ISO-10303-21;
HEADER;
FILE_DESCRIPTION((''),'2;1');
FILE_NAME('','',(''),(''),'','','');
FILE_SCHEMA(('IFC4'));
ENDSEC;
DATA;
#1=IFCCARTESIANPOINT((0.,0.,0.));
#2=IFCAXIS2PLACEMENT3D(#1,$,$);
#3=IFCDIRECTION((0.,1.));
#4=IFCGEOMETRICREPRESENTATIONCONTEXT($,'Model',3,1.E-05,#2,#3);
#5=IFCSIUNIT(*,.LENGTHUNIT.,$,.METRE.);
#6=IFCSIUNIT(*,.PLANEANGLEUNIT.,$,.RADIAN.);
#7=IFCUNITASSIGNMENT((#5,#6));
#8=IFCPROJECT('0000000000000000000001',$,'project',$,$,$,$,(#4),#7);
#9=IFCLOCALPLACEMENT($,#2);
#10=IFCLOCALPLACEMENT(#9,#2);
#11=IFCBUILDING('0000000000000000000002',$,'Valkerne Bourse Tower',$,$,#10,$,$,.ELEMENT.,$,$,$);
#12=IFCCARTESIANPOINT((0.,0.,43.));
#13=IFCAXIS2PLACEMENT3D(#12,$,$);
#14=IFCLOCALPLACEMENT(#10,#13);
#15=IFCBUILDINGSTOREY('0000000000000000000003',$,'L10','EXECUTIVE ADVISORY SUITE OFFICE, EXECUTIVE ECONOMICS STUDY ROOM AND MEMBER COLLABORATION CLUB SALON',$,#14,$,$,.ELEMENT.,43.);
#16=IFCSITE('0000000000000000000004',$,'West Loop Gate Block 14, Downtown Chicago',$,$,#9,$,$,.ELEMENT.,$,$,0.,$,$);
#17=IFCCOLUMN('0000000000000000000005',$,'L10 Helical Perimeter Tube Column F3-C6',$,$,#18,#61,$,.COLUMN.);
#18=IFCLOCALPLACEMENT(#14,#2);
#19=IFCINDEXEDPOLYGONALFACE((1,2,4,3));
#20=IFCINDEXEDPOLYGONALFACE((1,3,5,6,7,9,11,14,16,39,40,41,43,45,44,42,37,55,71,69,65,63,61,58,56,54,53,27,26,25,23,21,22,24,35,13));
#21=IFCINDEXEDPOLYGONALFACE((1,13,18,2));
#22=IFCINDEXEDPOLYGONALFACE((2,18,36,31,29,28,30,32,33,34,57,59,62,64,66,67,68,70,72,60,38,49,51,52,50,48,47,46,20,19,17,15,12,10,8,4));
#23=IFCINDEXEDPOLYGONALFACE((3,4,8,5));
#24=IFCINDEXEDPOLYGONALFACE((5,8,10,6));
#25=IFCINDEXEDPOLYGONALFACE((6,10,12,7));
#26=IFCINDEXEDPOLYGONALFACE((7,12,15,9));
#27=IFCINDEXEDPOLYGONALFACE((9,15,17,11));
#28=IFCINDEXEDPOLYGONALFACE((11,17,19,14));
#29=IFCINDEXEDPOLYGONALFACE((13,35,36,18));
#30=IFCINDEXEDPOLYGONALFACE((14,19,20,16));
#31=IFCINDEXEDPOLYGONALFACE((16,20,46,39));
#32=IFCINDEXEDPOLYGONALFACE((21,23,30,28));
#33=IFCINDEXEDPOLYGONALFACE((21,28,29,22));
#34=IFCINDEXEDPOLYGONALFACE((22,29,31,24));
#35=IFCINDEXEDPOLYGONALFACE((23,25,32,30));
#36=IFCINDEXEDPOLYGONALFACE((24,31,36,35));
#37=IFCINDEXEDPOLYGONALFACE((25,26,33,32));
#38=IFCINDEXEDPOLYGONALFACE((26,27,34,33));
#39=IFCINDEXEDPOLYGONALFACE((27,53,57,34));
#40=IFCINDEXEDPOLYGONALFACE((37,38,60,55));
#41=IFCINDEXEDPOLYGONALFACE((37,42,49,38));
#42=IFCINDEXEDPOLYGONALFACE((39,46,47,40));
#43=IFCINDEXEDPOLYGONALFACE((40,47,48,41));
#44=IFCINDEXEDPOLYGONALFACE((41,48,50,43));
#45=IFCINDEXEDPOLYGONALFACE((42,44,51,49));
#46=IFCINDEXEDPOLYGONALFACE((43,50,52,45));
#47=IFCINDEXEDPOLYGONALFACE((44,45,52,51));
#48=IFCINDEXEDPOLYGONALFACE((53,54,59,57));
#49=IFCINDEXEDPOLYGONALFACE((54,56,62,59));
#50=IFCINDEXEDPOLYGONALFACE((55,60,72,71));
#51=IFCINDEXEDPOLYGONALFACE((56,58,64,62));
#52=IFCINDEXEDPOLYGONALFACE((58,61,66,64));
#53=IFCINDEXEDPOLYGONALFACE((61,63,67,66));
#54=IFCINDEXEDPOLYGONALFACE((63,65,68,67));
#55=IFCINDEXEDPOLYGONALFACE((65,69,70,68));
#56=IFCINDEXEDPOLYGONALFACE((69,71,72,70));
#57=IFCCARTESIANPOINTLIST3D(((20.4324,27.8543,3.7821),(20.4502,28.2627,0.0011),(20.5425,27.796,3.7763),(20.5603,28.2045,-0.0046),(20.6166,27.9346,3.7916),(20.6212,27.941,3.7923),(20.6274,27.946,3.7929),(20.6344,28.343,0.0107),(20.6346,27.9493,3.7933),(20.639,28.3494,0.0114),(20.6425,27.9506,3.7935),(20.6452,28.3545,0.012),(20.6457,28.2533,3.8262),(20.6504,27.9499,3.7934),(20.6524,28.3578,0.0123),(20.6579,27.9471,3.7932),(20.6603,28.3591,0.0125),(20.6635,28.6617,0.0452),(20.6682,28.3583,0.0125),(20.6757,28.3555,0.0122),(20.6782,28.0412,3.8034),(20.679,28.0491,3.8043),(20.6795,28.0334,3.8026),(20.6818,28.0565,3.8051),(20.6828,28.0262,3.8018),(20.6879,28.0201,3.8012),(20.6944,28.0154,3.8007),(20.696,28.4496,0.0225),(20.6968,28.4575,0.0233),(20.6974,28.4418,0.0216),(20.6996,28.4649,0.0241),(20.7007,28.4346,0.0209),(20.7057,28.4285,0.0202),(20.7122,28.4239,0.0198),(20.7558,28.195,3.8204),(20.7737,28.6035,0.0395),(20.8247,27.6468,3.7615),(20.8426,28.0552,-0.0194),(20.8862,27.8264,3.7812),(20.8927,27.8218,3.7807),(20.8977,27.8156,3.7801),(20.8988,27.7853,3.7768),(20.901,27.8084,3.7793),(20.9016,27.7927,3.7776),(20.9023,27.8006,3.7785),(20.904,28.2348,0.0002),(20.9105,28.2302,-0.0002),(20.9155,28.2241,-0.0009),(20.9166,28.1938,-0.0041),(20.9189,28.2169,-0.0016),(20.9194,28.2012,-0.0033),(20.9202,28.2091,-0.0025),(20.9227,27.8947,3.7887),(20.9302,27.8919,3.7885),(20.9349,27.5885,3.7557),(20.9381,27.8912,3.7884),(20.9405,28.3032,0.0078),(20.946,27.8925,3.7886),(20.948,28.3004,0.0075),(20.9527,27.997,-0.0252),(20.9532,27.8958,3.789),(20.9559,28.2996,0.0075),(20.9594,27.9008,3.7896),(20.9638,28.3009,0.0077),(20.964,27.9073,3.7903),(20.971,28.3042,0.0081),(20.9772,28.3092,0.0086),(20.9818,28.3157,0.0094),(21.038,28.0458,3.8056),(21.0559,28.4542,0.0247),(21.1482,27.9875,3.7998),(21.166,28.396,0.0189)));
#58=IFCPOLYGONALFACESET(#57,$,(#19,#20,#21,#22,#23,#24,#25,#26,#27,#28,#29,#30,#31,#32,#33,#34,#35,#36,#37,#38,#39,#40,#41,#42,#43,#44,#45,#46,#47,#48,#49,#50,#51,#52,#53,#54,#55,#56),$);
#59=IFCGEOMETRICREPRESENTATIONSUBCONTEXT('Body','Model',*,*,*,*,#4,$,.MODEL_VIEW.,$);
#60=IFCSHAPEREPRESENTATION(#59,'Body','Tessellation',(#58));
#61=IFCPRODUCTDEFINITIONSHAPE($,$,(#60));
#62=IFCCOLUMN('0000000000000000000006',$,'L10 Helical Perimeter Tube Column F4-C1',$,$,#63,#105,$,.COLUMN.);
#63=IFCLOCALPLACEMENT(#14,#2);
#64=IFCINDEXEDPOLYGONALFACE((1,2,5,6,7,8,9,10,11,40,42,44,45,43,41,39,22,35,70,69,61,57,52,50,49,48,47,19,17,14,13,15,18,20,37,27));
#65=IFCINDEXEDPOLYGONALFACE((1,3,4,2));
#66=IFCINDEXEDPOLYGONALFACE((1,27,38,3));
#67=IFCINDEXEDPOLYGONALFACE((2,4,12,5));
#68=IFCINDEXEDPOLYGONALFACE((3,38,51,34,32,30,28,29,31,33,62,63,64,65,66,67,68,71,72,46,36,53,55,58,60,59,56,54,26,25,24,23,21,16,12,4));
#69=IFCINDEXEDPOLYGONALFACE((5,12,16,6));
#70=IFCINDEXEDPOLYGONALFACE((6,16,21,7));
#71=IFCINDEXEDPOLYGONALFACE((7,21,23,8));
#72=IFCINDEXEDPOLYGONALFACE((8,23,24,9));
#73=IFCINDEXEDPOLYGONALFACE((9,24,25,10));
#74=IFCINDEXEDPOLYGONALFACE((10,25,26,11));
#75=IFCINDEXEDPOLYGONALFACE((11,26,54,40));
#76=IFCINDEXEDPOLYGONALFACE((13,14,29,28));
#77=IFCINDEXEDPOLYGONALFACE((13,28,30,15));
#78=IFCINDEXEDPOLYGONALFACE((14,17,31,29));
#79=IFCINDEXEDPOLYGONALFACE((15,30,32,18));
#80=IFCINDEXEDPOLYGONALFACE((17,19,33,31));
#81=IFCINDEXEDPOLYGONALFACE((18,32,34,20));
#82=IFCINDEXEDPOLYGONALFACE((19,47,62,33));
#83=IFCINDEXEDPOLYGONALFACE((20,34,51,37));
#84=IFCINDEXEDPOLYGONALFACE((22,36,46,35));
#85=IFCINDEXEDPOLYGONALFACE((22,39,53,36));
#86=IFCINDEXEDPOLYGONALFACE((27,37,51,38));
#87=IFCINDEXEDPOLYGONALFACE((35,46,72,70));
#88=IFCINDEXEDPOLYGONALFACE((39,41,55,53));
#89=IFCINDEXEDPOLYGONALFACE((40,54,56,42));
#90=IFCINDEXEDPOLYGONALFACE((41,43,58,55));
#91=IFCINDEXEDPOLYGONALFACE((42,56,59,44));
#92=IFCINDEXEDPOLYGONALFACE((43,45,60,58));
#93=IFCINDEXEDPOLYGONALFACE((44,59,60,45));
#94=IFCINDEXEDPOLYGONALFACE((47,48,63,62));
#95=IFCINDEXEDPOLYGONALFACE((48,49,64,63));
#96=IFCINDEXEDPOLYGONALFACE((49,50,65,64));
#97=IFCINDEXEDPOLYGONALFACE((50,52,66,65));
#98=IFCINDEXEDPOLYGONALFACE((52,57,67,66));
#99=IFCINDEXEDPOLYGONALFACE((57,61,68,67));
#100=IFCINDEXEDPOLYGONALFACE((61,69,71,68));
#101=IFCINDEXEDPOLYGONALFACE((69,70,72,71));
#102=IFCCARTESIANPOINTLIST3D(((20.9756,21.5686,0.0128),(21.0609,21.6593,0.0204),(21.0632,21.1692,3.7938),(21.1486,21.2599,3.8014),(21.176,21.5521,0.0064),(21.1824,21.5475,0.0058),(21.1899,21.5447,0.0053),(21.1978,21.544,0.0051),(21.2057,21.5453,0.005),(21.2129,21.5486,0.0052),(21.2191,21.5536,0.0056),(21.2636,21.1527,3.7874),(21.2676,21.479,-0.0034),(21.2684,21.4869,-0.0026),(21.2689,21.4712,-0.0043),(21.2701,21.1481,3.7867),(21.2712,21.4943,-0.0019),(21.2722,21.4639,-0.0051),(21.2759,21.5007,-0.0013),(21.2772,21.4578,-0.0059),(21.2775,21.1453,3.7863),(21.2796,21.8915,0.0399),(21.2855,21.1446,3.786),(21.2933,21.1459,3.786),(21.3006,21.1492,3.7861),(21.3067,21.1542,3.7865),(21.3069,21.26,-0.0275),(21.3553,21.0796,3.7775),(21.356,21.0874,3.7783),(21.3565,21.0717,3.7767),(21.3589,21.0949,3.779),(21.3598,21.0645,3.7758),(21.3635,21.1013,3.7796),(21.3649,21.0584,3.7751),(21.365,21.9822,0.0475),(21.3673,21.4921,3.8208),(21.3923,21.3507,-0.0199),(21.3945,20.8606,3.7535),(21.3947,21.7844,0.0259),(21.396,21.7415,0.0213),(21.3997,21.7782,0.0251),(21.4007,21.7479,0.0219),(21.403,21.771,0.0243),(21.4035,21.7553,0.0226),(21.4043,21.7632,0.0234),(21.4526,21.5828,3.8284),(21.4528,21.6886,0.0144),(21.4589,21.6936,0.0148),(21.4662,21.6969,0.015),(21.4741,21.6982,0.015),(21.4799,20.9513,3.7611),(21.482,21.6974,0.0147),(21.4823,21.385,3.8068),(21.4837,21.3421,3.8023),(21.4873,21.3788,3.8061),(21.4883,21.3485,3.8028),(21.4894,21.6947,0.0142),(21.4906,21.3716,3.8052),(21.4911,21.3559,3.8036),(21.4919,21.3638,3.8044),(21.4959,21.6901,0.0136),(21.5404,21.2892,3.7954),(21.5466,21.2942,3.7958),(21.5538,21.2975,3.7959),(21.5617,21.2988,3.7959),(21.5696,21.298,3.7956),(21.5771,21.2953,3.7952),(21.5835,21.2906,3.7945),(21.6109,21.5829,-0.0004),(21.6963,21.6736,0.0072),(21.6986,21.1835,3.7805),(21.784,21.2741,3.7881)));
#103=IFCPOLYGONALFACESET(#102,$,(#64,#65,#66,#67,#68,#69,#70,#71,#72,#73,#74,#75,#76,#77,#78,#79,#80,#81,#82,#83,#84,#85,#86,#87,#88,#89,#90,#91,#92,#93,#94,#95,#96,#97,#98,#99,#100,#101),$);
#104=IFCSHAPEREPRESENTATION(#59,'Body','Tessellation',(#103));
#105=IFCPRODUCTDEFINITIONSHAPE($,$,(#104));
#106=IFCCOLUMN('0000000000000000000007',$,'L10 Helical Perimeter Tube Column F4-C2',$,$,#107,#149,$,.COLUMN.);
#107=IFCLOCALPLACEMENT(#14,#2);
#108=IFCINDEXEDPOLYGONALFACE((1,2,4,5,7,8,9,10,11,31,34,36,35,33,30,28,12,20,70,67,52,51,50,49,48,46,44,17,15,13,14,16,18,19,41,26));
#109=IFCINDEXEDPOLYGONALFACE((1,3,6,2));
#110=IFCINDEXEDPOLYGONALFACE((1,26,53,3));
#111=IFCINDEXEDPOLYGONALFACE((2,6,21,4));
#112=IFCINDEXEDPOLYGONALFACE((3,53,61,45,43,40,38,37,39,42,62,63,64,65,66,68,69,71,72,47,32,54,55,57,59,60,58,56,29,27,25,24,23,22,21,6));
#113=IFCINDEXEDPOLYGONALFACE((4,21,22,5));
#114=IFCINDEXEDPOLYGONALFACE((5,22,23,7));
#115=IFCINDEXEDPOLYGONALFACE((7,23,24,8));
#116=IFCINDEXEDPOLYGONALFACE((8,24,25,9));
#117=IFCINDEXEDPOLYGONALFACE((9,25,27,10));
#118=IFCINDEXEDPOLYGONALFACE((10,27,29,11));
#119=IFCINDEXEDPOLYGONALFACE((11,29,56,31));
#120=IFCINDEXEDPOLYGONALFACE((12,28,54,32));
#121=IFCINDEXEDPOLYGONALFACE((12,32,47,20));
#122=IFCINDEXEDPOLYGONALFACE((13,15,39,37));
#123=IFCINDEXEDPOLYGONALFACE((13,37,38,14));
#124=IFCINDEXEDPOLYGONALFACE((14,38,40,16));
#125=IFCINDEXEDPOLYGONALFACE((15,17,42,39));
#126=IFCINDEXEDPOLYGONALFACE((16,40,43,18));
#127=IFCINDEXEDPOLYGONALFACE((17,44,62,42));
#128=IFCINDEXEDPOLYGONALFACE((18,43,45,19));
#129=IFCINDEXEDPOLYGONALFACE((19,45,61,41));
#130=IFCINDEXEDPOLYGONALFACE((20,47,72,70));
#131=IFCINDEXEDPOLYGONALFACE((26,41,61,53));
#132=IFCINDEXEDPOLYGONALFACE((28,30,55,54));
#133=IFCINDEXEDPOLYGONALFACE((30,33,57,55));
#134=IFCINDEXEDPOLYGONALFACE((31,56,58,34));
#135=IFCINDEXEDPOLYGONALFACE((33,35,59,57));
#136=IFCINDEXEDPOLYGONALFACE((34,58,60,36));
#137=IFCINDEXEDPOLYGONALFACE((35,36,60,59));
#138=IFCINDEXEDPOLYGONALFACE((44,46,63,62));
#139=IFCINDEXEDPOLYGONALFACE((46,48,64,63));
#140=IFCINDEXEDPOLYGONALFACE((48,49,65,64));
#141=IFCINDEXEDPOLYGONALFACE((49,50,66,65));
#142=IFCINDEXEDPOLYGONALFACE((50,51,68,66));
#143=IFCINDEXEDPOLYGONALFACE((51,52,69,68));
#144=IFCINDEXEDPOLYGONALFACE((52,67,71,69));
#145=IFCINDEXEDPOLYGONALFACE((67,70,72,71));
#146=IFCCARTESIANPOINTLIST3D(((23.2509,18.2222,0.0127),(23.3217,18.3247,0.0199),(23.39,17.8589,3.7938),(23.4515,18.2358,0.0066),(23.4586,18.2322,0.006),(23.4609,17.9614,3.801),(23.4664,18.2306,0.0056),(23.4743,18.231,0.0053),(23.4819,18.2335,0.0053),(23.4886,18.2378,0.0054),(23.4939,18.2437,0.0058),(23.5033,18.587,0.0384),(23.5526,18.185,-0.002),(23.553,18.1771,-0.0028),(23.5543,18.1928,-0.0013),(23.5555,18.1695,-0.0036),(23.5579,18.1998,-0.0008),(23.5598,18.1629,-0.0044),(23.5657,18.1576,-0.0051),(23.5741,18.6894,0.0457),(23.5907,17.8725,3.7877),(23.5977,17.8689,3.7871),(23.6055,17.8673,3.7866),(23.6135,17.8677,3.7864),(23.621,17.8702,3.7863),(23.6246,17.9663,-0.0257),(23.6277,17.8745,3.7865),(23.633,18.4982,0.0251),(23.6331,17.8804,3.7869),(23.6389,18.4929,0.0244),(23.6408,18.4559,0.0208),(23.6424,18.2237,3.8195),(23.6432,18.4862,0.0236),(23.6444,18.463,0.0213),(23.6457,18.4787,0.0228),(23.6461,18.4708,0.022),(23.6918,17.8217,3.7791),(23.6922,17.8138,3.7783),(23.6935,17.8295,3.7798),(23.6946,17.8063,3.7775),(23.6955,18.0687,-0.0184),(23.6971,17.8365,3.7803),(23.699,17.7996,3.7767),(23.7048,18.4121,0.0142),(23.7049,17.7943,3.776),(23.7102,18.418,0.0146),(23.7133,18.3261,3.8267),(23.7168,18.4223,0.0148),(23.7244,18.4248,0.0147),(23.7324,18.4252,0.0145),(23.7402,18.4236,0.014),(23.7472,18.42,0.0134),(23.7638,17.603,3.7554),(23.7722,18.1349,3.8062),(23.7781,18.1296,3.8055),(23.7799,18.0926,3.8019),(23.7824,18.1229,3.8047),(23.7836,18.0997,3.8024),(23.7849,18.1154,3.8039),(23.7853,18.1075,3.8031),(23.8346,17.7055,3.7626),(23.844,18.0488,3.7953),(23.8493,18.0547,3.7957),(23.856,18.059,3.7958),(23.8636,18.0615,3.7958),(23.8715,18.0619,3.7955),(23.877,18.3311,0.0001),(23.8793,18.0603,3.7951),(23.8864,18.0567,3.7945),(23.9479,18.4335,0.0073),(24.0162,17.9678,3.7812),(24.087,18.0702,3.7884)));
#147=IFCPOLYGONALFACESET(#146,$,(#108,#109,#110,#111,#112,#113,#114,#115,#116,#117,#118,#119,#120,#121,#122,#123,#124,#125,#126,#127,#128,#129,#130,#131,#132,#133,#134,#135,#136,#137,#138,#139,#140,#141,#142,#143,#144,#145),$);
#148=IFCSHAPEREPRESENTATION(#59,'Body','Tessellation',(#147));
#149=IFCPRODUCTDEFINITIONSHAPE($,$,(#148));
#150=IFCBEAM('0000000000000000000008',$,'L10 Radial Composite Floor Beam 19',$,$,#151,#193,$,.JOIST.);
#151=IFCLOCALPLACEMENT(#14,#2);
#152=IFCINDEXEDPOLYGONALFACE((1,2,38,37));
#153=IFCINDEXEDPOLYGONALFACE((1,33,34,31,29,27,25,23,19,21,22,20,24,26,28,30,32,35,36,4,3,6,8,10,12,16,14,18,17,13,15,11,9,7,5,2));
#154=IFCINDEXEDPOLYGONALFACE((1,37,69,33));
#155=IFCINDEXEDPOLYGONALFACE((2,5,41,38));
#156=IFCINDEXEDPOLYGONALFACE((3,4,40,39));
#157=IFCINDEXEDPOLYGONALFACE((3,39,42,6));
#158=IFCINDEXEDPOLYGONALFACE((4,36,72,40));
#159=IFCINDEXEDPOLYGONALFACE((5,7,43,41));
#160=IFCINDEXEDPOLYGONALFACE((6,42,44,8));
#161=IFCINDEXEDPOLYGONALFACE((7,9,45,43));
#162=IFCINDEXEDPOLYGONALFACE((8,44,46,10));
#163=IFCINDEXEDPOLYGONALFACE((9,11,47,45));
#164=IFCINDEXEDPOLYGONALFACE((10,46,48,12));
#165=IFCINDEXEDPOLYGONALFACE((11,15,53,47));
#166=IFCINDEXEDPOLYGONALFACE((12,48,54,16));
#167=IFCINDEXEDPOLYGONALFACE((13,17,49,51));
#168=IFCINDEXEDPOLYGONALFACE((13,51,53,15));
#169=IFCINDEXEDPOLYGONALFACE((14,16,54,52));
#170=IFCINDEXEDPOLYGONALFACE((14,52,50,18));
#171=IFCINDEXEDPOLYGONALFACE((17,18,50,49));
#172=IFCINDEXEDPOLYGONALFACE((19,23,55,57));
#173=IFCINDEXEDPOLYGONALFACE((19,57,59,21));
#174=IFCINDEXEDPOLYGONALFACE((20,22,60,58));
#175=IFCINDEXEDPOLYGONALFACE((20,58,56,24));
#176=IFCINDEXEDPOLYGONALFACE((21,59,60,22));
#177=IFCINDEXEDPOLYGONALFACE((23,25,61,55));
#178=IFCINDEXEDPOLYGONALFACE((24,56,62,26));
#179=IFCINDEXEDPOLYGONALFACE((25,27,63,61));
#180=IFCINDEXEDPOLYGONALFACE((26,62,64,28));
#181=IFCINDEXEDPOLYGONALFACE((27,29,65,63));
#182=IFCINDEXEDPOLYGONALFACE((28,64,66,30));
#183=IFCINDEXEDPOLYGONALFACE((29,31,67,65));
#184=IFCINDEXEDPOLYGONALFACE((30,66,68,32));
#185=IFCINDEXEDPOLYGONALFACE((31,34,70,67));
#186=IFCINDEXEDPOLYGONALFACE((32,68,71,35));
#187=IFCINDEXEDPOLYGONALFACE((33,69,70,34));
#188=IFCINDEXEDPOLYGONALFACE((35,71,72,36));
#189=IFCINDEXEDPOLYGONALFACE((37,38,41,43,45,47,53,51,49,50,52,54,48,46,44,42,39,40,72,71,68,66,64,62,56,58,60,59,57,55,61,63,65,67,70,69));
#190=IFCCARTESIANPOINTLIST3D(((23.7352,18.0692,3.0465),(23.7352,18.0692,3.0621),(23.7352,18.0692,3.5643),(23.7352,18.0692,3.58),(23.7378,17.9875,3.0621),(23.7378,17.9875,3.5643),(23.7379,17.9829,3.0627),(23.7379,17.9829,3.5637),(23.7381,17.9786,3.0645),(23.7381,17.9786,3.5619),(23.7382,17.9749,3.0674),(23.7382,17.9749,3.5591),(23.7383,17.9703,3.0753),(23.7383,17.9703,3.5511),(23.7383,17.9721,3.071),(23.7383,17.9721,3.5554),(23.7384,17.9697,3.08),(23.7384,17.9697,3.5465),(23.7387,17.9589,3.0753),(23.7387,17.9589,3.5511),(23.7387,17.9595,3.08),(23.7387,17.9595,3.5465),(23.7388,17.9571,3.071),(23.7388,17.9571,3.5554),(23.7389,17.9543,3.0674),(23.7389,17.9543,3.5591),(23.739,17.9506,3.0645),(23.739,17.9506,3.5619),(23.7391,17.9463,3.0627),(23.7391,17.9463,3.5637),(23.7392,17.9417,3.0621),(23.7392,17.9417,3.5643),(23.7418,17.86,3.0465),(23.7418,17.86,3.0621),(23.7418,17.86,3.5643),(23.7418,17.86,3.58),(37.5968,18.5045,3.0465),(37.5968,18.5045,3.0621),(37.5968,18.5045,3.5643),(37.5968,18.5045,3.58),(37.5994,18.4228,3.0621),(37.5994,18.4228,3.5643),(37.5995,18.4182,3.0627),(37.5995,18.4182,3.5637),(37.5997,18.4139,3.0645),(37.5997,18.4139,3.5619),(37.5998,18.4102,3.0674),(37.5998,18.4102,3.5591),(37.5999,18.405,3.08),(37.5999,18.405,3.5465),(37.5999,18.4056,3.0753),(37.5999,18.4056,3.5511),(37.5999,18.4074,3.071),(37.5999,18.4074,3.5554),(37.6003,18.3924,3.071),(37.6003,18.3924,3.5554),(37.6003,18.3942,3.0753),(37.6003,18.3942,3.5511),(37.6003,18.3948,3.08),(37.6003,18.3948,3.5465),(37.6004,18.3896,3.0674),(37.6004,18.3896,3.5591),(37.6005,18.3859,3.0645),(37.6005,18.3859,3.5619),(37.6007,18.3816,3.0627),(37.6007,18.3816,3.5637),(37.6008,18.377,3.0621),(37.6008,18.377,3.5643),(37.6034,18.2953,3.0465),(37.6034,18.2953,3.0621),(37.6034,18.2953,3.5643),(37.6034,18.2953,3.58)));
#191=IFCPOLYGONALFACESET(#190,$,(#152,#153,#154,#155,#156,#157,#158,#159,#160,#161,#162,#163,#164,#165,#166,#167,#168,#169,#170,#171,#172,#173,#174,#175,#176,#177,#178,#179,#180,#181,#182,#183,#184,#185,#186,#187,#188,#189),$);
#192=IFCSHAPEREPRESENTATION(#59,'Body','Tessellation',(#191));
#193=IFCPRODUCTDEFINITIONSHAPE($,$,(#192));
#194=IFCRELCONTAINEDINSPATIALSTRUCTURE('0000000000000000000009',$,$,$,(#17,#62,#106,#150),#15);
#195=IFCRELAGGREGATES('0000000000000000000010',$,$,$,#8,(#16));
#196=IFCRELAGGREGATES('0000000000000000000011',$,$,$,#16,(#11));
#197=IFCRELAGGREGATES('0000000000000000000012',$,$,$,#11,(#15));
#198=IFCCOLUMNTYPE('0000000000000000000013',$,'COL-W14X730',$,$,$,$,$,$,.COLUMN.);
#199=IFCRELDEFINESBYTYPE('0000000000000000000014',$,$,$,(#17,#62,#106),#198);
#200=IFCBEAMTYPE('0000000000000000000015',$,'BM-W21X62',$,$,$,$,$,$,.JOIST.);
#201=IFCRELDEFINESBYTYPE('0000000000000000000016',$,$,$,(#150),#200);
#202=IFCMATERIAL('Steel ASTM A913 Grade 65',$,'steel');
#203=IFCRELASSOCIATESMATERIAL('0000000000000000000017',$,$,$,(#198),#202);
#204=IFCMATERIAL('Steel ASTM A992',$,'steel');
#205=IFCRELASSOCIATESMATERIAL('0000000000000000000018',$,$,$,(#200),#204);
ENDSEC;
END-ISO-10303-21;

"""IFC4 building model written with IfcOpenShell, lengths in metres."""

from ifc_helpers import new_model, si_unit, direction, frame, origin, origin_2d, place, context, subcontext, project, spatial, i_section, extrude, material, material_profile, profile_set, type_object, element, save


model = new_model("IFC4")

# Units and contexts
model_context = context("Model", 3, precision=1e-05, world=origin(), true_north=direction((0.0, 1.0)))
body_context = subcontext(model_context, "Body", "Model", "MODEL_VIEW")
ifc_project = project(units=[si_unit("LENGTHUNIT", "METRE"), si_unit("PLANEANGLEUNIT", "RADIAN")], contexts=[model_context])

# Site, building, storey
site_placement = place(None, origin())
site = spatial("IfcSite", under=ifc_project, at=site_placement, Name="West Loop Gate Block 14, Downtown Chicago", CompositionType="ELEMENT", RefElevation=0.0)
building_placement = place(site_placement, origin())
building = spatial("IfcBuilding", under=site, at=building_placement, Name="Valkerne Bourse Tower", CompositionType="ELEMENT")
storey_placement = place(building_placement, frame((0.0, 0.0, 43.0)))
storey = spatial("IfcBuildingStorey", under=building, at=storey_placement, Name="L10", Description="EXECUTIVE ADVISORY SUITE OFFICE, EXECUTIVE ECONOMICS STUDY ROOM AND MEMBER COLLABORATION CLUB SALON", CompositionType="ELEMENT", Elevation=43.0)

# Columns
ifc_material_1 = material(Name="Steel ASTM A913 Grade 65", Category="steel")
ifc_material_profile_1 = material_profile(ifc_material_1, i_section(OverallWidth=0.4546, OverallDepth=0.5691, WebThickness=0.0779, FlangeThickness=0.1248, FilletRadius=0.0305, at=origin_2d()), Name="W14X730")
ifc_profile_set_1 = profile_set([ifc_material_profile_1], Name="Steel ASTM A913 Grade 65")
column_type = type_object("IfcColumnType", Name="COL-W14X730", PredefinedType="COLUMN", material=ifc_profile_set_1)
for number, where, z_axis, x_axis, name in (
    (1, (20.8081, 28.3293, 0.01), (-0.004686, -0.1074, 0.994205), (-0.46922, -0.877734, -0.09703), "L10 Helical Perimeter Tube Column F3-C6"),
    (2, (21.3359, 21.6211, 0.01), (0.023046, -0.105025, 0.994203), (0.72886, -0.678904, -0.088613), "L10 Helical Perimeter Tube Column F4-C1"),
):
    element("IfcColumn", number, at=place(storey_placement, frame(where, z_axis=z_axis, x_axis=x_axis)), inside=storey, type_object=column_type, Name=name, PredefinedType="COLUMN", context=body_context, shape_type="SweptSolid", body=[
        extrude(i_section(OverallWidth=0.4546, OverallDepth=0.5691, WebThickness=0.0779, FlangeThickness=0.1248, FilletRadius=0.0305, at=origin_2d()), origin(), (0.0, 0.0, 1.0), 3.803),
    ])
column_placement = place(storey_placement, frame((23.5994, 18.3279, 0.01), z_axis=(0.036612, -0.095576, 0.994749), x_axis=(0.822183, -0.562939, -0.084348)))
element("IfcColumn", 3, at=column_placement, inside=storey, type_object=column_type, Name="L10 Helical Perimeter Tube Column F4-C2", PredefinedType="COLUMN", context=body_context, shape_type="SweptSolid", body=[
    extrude(i_section(OverallWidth=0.4546, OverallDepth=0.5691, WebThickness=0.0779, FlangeThickness=0.1248, FilletRadius=0.0305, at=origin_2d()), origin(), (0.0, 0.0, 1.0), 3.801),
])

# Beam
ifc_material_2 = material(Name="Steel ASTM A992", Category="steel")
ifc_material_profile_2 = material_profile(ifc_material_2, i_section(OverallWidth=0.2092, OverallDepth=0.5334, WebThickness=0.0103, FlangeThickness=0.0156, FilletRadius=0.0178, at=origin_2d()), Name="W21X62")
ifc_profile_set_2 = profile_set([ifc_material_profile_2], Name="Steel ASTM A992")
beam_type_1 = type_object("IfcBeamType", Name="BM-W21X62", PredefinedType="JOIST", material=ifc_profile_set_2)
beam_1_placement = place(storey_placement, frame((23.7385, 17.9646, 3.3132), z_axis=(0.999507, 0.031388, 0.0), x_axis=(-0.031388, 0.999507, 0.0)))
element("IfcBeam", 4, at=beam_1_placement, inside=storey, type_object=beam_type_1, Name="L10 Radial Composite Floor Beam 19", PredefinedType="JOIST", context=body_context, shape_type="SweptSolid", body=[
    extrude(i_section(OverallWidth=0.2092, OverallDepth=0.5334, WebThickness=0.0103, FlangeThickness=0.0156, FilletRadius=0.0178, at=origin_2d()), origin(), (0.0, 0.0, 1.0), 13.8684),
])

save(model, "model.ifc")
